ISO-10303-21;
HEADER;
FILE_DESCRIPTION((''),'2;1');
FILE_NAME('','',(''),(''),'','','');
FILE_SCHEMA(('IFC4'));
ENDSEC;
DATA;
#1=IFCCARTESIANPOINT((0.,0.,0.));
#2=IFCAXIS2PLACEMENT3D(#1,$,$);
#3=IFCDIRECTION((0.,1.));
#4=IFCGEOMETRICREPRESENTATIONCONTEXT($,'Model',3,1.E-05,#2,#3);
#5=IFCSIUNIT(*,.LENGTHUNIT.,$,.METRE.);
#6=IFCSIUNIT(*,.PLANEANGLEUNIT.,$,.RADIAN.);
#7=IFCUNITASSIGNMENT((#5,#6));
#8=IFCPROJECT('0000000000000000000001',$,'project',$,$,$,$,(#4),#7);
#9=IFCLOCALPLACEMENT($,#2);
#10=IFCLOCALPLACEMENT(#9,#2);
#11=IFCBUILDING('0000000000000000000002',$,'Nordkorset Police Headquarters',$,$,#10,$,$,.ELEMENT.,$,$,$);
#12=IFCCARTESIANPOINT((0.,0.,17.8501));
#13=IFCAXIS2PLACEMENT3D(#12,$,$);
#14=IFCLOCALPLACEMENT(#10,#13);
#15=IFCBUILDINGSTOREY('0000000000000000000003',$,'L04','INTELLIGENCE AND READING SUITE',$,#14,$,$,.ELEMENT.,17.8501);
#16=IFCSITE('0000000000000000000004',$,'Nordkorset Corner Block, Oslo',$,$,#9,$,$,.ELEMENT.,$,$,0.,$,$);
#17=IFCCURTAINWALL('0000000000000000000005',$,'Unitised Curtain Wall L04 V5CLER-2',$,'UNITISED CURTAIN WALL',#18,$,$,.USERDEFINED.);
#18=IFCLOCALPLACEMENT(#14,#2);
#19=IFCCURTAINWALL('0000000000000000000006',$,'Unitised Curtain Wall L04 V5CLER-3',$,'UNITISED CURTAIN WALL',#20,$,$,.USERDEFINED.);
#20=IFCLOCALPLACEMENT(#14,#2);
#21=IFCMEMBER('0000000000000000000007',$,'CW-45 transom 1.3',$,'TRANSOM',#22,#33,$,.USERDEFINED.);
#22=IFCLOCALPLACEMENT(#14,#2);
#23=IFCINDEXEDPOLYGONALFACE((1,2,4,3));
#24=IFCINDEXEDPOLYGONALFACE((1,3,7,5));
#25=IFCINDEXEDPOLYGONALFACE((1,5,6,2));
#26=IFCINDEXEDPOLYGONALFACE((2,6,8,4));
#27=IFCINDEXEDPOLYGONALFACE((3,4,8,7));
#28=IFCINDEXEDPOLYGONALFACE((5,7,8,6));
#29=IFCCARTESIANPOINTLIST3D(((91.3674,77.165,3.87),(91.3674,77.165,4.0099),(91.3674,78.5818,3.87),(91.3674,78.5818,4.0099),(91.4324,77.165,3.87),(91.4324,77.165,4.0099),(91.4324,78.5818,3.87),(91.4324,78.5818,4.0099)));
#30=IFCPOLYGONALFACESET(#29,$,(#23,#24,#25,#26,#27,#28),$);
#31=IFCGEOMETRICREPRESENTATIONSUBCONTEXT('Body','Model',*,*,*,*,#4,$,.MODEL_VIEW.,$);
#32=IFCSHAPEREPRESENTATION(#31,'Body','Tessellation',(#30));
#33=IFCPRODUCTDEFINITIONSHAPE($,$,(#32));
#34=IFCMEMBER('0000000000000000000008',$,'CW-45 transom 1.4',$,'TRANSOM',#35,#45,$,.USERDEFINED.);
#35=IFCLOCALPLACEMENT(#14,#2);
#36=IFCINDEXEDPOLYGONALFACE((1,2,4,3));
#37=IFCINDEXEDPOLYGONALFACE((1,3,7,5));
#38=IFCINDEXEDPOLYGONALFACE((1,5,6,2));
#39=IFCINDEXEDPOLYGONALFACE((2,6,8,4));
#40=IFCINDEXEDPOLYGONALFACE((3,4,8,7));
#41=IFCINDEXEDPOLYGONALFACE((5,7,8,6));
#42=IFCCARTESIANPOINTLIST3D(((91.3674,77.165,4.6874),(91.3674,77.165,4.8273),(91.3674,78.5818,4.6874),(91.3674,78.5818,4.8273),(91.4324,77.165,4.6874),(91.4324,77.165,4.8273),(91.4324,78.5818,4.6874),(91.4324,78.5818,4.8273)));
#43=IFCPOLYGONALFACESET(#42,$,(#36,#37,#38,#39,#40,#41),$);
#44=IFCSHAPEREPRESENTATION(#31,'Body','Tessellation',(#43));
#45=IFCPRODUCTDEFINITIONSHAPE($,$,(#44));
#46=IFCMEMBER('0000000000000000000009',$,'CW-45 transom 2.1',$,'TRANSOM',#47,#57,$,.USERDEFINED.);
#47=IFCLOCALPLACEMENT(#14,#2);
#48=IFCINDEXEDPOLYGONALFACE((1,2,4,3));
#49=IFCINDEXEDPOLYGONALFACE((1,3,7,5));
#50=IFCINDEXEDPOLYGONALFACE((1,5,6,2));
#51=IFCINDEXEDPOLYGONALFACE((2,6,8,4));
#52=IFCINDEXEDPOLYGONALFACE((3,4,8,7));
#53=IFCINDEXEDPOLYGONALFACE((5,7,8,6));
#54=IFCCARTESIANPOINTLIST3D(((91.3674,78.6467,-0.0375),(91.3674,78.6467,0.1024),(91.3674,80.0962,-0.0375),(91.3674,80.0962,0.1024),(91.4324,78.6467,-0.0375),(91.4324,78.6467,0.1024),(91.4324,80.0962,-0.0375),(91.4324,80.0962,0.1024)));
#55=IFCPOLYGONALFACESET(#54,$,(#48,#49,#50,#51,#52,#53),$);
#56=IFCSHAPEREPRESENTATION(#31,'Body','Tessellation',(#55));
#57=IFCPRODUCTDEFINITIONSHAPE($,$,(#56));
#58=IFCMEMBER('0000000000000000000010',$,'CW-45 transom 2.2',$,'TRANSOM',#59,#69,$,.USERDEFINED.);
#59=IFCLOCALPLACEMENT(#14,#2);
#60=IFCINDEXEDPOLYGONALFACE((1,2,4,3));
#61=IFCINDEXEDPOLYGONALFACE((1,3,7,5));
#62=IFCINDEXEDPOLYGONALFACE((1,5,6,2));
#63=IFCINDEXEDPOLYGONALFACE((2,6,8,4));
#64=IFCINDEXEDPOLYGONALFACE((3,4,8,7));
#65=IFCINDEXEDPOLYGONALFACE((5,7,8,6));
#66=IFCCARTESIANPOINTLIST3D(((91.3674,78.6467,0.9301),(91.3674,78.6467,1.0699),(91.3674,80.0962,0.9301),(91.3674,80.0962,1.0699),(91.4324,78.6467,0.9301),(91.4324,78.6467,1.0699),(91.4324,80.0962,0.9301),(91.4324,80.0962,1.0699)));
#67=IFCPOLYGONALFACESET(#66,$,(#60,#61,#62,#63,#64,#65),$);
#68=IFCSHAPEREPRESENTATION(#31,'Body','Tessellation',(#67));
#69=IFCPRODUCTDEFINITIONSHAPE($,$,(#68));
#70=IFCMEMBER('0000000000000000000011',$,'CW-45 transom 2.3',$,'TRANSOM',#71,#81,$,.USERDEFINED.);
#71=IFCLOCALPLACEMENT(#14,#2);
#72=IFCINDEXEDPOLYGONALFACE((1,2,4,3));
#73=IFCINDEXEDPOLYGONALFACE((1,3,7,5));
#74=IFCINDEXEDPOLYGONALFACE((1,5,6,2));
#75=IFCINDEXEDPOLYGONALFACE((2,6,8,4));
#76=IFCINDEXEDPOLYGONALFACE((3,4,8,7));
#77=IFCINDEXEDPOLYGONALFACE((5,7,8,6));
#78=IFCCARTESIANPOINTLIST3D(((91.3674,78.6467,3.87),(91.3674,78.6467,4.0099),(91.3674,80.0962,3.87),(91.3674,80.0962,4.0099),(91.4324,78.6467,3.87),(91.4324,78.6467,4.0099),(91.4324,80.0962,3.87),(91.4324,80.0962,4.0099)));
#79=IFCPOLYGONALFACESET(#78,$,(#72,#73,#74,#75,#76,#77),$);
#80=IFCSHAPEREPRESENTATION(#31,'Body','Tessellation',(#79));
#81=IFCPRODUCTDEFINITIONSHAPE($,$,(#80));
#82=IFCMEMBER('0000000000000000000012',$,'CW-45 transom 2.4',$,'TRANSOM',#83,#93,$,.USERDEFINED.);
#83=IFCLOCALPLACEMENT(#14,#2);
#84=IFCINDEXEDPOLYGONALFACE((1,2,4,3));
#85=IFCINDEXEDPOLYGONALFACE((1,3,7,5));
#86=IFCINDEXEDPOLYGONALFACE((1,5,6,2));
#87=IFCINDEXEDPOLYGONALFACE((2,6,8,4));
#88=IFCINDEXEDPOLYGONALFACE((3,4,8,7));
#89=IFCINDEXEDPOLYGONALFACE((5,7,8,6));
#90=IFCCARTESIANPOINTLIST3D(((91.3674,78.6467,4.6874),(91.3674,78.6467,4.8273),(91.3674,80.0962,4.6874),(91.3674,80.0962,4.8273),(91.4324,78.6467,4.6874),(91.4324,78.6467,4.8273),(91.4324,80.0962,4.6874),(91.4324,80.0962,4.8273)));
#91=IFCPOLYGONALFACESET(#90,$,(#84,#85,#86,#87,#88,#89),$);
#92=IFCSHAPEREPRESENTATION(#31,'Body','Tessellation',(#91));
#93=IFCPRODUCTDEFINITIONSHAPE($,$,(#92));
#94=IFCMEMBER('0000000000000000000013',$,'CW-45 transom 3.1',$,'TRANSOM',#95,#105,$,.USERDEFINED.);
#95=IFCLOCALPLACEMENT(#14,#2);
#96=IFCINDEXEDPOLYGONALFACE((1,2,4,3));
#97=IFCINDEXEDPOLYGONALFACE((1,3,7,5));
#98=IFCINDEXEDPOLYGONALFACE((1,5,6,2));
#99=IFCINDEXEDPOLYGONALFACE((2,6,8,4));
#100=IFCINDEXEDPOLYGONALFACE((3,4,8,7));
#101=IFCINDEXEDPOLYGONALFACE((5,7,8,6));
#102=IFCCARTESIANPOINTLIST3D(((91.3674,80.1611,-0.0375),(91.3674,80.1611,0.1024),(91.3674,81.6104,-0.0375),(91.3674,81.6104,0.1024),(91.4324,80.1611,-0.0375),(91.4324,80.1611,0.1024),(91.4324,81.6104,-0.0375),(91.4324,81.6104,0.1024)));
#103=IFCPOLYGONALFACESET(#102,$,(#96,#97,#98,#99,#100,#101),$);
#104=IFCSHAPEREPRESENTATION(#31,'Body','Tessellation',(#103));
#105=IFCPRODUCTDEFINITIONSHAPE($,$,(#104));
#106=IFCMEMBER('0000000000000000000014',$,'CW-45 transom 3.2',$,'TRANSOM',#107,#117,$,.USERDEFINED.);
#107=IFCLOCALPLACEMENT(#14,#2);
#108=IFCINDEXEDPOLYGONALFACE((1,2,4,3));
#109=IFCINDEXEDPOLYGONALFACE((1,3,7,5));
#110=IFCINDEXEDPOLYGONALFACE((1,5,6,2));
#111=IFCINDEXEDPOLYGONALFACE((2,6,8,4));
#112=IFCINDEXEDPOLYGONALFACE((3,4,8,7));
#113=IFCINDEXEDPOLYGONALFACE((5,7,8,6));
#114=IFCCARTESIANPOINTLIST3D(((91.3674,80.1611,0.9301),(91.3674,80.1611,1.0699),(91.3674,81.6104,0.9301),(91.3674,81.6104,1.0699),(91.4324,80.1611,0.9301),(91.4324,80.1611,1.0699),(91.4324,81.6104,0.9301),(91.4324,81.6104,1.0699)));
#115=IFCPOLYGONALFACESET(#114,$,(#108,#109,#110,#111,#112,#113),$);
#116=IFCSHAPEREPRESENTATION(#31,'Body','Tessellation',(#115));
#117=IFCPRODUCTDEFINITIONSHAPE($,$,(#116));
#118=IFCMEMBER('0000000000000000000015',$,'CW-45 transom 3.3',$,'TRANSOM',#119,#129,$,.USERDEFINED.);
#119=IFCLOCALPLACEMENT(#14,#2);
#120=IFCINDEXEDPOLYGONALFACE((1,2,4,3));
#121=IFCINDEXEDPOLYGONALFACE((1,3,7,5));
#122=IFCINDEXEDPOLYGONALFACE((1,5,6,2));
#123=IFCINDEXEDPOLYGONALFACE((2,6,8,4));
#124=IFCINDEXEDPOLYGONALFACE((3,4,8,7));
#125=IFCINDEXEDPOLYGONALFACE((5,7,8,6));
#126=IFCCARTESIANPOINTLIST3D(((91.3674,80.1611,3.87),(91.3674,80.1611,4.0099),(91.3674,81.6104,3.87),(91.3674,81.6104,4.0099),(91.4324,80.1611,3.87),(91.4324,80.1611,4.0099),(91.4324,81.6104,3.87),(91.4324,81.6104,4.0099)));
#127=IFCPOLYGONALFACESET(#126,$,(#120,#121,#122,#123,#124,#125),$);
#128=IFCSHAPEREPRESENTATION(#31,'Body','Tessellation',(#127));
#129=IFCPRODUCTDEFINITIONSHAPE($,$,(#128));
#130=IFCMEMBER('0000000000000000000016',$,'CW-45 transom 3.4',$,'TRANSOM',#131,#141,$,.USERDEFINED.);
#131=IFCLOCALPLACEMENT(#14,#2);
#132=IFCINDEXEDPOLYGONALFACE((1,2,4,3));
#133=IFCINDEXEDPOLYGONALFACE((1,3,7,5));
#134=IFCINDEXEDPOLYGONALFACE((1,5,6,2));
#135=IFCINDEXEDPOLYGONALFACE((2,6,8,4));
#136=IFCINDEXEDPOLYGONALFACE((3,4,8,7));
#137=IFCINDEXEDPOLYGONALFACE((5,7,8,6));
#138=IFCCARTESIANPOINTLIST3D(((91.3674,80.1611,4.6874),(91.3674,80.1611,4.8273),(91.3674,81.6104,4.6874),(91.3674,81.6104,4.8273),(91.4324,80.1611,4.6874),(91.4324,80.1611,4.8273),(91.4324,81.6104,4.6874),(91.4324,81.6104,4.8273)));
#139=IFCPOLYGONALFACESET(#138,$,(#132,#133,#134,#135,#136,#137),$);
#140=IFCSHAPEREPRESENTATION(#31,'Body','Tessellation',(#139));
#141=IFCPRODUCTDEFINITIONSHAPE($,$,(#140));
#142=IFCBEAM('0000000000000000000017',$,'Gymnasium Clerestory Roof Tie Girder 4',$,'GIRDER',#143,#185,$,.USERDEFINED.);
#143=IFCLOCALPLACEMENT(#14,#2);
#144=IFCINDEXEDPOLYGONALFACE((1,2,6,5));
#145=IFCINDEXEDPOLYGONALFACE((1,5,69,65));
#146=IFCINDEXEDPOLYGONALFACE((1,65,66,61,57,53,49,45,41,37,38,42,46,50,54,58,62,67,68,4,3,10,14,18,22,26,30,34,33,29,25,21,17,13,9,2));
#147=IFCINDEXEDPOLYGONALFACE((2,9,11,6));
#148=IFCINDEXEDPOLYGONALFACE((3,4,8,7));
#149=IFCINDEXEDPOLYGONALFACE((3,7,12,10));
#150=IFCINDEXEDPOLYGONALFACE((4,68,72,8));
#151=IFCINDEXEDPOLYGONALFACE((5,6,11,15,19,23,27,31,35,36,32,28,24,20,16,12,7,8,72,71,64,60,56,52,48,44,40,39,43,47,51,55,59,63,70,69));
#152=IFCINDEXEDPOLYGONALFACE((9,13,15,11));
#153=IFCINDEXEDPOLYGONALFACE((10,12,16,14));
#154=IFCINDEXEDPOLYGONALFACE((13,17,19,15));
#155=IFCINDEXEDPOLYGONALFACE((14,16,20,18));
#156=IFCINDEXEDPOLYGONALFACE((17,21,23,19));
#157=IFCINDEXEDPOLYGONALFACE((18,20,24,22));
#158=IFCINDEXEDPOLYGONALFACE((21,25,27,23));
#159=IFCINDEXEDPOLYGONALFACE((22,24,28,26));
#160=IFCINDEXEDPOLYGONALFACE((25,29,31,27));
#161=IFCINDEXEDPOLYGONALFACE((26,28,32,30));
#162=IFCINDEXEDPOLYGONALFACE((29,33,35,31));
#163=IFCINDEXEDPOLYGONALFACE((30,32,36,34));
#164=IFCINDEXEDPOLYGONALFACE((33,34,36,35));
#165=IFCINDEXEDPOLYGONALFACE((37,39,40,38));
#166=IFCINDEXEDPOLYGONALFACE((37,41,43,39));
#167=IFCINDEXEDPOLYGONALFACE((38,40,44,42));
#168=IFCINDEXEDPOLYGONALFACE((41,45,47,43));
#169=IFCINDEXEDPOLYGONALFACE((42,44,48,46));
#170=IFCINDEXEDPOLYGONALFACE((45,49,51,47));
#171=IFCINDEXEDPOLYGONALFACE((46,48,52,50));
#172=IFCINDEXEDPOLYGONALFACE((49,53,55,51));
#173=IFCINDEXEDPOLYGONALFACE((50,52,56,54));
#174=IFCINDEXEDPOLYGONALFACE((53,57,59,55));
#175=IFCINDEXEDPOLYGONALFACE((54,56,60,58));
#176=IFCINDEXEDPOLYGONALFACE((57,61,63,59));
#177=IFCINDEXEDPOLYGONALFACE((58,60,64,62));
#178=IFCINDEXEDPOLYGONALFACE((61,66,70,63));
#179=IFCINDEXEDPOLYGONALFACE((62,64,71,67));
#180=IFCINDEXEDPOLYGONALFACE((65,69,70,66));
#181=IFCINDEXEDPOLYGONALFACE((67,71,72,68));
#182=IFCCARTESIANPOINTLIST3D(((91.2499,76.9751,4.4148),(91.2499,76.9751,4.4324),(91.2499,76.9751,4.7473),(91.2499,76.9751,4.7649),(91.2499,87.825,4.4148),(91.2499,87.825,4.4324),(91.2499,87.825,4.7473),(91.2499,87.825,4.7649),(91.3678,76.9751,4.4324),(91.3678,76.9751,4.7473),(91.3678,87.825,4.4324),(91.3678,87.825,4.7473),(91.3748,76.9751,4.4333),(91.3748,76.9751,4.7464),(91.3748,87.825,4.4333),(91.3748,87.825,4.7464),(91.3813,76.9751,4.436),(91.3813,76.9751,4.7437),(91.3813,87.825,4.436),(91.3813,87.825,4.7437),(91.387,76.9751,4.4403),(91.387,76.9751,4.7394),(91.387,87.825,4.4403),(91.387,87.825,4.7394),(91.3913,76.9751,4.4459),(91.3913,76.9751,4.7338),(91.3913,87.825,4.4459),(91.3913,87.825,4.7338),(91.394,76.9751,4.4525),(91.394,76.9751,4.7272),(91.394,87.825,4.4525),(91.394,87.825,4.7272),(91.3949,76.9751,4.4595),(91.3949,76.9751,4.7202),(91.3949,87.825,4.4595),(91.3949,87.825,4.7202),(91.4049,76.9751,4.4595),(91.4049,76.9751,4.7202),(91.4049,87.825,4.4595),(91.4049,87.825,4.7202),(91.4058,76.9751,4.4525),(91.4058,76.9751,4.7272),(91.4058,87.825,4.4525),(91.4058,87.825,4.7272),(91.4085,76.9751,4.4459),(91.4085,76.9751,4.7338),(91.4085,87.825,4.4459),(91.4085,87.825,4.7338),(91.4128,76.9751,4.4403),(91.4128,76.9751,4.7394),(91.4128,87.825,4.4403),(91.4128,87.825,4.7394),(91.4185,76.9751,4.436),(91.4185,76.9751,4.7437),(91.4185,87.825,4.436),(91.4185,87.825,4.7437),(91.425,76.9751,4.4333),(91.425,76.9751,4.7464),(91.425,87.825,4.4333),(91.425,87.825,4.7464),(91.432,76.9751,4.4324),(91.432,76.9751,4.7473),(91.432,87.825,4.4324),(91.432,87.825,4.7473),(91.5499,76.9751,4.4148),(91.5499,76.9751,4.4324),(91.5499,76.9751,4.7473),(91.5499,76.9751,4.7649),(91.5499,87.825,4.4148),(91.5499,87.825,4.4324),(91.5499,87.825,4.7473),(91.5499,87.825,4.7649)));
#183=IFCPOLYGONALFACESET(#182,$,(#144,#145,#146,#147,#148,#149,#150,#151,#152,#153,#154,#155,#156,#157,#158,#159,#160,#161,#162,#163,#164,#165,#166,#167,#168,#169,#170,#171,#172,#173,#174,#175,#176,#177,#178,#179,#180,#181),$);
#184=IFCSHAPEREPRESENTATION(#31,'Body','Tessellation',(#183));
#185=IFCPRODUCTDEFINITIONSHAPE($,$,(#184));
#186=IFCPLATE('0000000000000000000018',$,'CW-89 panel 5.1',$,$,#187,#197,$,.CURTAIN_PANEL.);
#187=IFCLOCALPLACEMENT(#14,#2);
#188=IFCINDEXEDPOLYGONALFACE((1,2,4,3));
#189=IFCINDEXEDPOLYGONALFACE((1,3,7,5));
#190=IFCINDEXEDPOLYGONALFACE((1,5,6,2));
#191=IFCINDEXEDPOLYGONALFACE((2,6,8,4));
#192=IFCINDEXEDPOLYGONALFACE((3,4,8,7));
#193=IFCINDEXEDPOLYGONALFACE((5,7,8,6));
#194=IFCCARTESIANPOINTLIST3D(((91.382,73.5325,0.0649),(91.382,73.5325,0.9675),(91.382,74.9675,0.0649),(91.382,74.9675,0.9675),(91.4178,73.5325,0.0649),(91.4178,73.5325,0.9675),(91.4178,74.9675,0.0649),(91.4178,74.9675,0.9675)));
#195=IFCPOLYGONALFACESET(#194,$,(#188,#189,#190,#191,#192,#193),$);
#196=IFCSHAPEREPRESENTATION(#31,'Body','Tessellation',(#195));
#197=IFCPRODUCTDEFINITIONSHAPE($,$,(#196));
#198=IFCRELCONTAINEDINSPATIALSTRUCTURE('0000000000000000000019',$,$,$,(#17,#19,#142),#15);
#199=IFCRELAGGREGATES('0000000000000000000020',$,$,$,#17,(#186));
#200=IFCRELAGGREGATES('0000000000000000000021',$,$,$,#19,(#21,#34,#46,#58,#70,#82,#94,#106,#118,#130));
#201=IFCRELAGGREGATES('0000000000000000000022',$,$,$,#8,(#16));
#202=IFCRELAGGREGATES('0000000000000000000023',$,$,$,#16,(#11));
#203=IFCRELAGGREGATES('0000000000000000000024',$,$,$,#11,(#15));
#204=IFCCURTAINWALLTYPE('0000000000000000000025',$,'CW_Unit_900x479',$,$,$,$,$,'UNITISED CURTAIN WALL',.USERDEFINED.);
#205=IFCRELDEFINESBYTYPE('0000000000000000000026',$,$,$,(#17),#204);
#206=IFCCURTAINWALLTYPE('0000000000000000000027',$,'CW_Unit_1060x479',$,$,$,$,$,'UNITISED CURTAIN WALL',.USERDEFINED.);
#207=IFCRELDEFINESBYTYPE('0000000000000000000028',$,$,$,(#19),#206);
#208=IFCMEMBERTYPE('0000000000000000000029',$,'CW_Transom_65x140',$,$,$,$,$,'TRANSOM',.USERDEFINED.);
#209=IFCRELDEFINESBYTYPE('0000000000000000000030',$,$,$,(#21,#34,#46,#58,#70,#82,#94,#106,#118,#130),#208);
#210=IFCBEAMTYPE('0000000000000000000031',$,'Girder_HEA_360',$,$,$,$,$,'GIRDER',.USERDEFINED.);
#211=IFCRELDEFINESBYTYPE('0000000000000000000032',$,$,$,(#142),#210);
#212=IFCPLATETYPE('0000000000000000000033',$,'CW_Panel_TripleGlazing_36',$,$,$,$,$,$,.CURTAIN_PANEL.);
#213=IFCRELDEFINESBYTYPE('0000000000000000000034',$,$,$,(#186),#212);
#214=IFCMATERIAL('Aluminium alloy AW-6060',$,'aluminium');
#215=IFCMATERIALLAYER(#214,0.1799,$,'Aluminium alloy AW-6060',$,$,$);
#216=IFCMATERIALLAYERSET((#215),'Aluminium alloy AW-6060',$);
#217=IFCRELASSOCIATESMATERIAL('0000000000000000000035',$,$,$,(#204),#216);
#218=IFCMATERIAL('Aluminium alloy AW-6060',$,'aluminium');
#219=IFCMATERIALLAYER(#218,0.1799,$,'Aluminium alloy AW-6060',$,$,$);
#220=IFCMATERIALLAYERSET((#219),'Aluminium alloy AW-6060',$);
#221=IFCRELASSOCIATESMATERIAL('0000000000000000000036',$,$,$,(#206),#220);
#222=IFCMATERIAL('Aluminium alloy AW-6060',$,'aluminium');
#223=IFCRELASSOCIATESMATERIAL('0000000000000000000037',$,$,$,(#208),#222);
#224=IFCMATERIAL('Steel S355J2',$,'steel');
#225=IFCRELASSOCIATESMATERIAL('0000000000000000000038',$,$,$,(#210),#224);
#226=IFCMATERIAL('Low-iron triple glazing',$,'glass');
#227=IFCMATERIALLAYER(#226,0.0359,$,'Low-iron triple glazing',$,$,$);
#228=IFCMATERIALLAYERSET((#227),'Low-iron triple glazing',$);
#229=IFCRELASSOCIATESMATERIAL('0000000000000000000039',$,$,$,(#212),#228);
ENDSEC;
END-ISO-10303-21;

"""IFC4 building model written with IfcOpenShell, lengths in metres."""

from ifc_helpers import new_model, si_unit, direction, frame, origin, origin_2d, place, context, subcontext, project, spatial, rectangle, i_section, extrude, material, layer, layer_set, material_profile, profile_set, type_object, element, aggregate, save


model = new_model("IFC4")

# Units and contexts
model_context = context("Model", 3, precision=1e-05, world=origin(), true_north=direction((0.0, 1.0)))
body_context = subcontext(model_context, "Body", "Model", "MODEL_VIEW")
ifc_project = project(units=[si_unit("LENGTHUNIT", "METRE"), si_unit("PLANEANGLEUNIT", "RADIAN")], contexts=[model_context])

# Site, building, storey
site_placement = place(None, origin())
site = spatial("IfcSite", under=ifc_project, at=site_placement, Name="Nordkorset Corner Block, Oslo", CompositionType="ELEMENT", RefElevation=0.0)
building_placement = place(site_placement, origin())
building = spatial("IfcBuilding", under=site, at=building_placement, Name="Nordkorset Police Headquarters", CompositionType="ELEMENT")
storey_placement = place(building_placement, frame((0.0, 0.0, 17.8501)))
storey = spatial("IfcBuildingStorey", under=building, at=storey_placement, Name="L04", Description="INTELLIGENCE AND READING SUITE", CompositionType="ELEMENT", Elevation=17.8501)

# Curtain walls
ifc_material_1 = material(Name="Aluminium alloy AW-6060", Category="aluminium")
ifc_layer_1 = layer(ifc_material_1, 0.1799, Name="Aluminium alloy AW-6060")
ifc_layer_set_1 = layer_set([ifc_layer_1], Name="Aluminium alloy AW-6060")
curtain_wall_type_1 = type_object("IfcCurtainWallType", Name="CW_Unit_900x479", ElementType="UNITISED CURTAIN WALL", PredefinedType="USERDEFINED", material=ifc_layer_set_1)
curtain_wall_1_placement = place(storey_placement, origin())
curtain_wall_1 = element("IfcCurtainWall", 1, at=curtain_wall_1_placement, inside=storey, type_object=curtain_wall_type_1, Name="Unitised Curtain Wall L04 V5CLER-2", ObjectType="UNITISED CURTAIN WALL", PredefinedType="USERDEFINED")
ifc_material_2 = material(Name="Aluminium alloy AW-6060", Category="aluminium")
ifc_layer_2 = layer(ifc_material_2, 0.1799, Name="Aluminium alloy AW-6060")
ifc_layer_set_2 = layer_set([ifc_layer_2], Name="Aluminium alloy AW-6060")
curtain_wall_type_2 = type_object("IfcCurtainWallType", Name="CW_Unit_1060x479", ElementType="UNITISED CURTAIN WALL", PredefinedType="USERDEFINED", material=ifc_layer_set_2)
curtain_wall_2_placement = place(storey_placement, origin())
curtain_wall_2 = element("IfcCurtainWall", 2, at=curtain_wall_2_placement, inside=storey, type_object=curtain_wall_type_2, Name="Unitised Curtain Wall L04 V5CLER-3", ObjectType="UNITISED CURTAIN WALL", PredefinedType="USERDEFINED")

# Members
ifc_material_3 = material(Name="Aluminium alloy AW-6060", Category="aluminium")
ifc_material_profile_1 = material_profile(ifc_material_3, rectangle(XDim=0.0649, YDim=0.1399, at=origin_2d()), Name="ALU TRAN 65x140")
ifc_profile_set_1 = profile_set([ifc_material_profile_1], Name="Aluminium alloy AW-6060")
member_type_1 = type_object("IfcMemberType", Name="CW_Transom_65x140", ElementType="TRANSOM", PredefinedType="USERDEFINED", material=ifc_profile_set_1)
member_1_placement = place(storey_placement, frame((91.3999, 77.165, 3.9399), z_axis=(0.0, 1.0, 0.0), x_axis=(-1.0, 0.0, 0.0)))
member_1 = element("IfcMember", 3, at=member_1_placement, type_object=member_type_1, Name="CW-45 transom 1.3", ObjectType="TRANSOM", PredefinedType="USERDEFINED", context=body_context, shape_type="SweptSolid", body=[
    extrude(rectangle(XDim=0.0649, YDim=0.1399, at=origin_2d()), origin(), (0.0, 0.0, 1.0), 1.4167),
])
member_2_placement = place(storey_placement, frame((91.3999, 77.165, 4.7573), z_axis=(0.0, 1.0, 0.0), x_axis=(-1.0, 0.0, 0.0)))
member_2 = element("IfcMember", 4, at=member_2_placement, type_object=member_type_1, Name="CW-45 transom 1.4", ObjectType="TRANSOM", PredefinedType="USERDEFINED", context=body_context, shape_type="SweptSolid", body=[
    extrude(rectangle(XDim=0.0649, YDim=0.1399, at=origin_2d()), origin(), (0.0, 0.0, 1.0), 1.4167),
])
member_3_placement = place(storey_placement, frame((91.3999, 78.6467, 0.0325), z_axis=(0.0, 1.0, 0.0), x_axis=(-1.0, 0.0, 0.0)))
member_3 = element("IfcMember", 5, at=member_3_placement, type_object=member_type_1, Name="CW-45 transom 2.1", ObjectType="TRANSOM", PredefinedType="USERDEFINED", context=body_context, shape_type="SweptSolid", body=[
    extrude(rectangle(XDim=0.0649, YDim=0.1399, at=origin_2d()), origin(), (0.0, 0.0, 1.0), 1.4495),
])
member_4_placement = place(storey_placement, frame((91.3999, 78.6467, 1.0), z_axis=(0.0, 1.0, 0.0), x_axis=(-1.0, 0.0, 0.0)))
member_4 = element("IfcMember", 6, at=member_4_placement, type_object=member_type_1, Name="CW-45 transom 2.2", ObjectType="TRANSOM", PredefinedType="USERDEFINED", context=body_context, shape_type="SweptSolid", body=[
    extrude(rectangle(XDim=0.0649, YDim=0.1399, at=origin_2d()), origin(), (0.0, 0.0, 1.0), 1.4495),
])
member_5_placement = place(storey_placement, frame((91.3999, 78.6467, 3.9399), z_axis=(0.0, 1.0, 0.0), x_axis=(-1.0, 0.0, 0.0)))
member_5 = element("IfcMember", 7, at=member_5_placement, type_object=member_type_1, Name="CW-45 transom 2.3", ObjectType="TRANSOM", PredefinedType="USERDEFINED", context=body_context, shape_type="SweptSolid", body=[
    extrude(rectangle(XDim=0.0649, YDim=0.1399, at=origin_2d()), origin(), (0.0, 0.0, 1.0), 1.4495),
])
member_6_placement = place(storey_placement, frame((91.3999, 78.6467, 4.7573), z_axis=(0.0, 1.0, 0.0), x_axis=(-1.0, 0.0, 0.0)))
member_6 = element("IfcMember", 8, at=member_6_placement, type_object=member_type_1, Name="CW-45 transom 2.4", ObjectType="TRANSOM", PredefinedType="USERDEFINED", context=body_context, shape_type="SweptSolid", body=[
    extrude(rectangle(XDim=0.0649, YDim=0.1399, at=origin_2d()), origin(), (0.0, 0.0, 1.0), 1.4495),
])
member_7_placement = place(storey_placement, frame((91.3999, 80.1611, 0.0325), z_axis=(0.0, 1.0, 0.0), x_axis=(-1.0, 0.0, 0.0)))
member_7 = element("IfcMember", 9, at=member_7_placement, type_object=member_type_1, Name="CW-45 transom 3.1", ObjectType="TRANSOM", PredefinedType="USERDEFINED", context=body_context, shape_type="SweptSolid", body=[
    extrude(rectangle(XDim=0.0649, YDim=0.1399, at=origin_2d()), origin(), (0.0, 0.0, 1.0), 1.4492),
])
member_8_placement = place(storey_placement, frame((91.3999, 80.1611, 1.0), z_axis=(0.0, 1.0, 0.0), x_axis=(-1.0, 0.0, 0.0)))
member_8 = element("IfcMember", 10, at=member_8_placement, type_object=member_type_1, Name="CW-45 transom 3.2", ObjectType="TRANSOM", PredefinedType="USERDEFINED", context=body_context, shape_type="SweptSolid", body=[
    extrude(rectangle(XDim=0.0649, YDim=0.1399, at=origin_2d()), origin(), (0.0, 0.0, 1.0), 1.4492),
])
member_9_placement = place(storey_placement, frame((91.3999, 80.1611, 3.9399), z_axis=(0.0, 1.0, 0.0), x_axis=(-1.0, 0.0, 0.0)))
member_9 = element("IfcMember", 11, at=member_9_placement, type_object=member_type_1, Name="CW-45 transom 3.3", ObjectType="TRANSOM", PredefinedType="USERDEFINED", context=body_context, shape_type="SweptSolid", body=[
    extrude(rectangle(XDim=0.0649, YDim=0.1399, at=origin_2d()), origin(), (0.0, 0.0, 1.0), 1.4492),
])
member_10_placement = place(storey_placement, frame((91.3999, 80.1611, 4.7573), z_axis=(0.0, 1.0, 0.0), x_axis=(-1.0, 0.0, 0.0)))
member_10 = element("IfcMember", 12, at=member_10_placement, type_object=member_type_1, Name="CW-45 transom 3.4", ObjectType="TRANSOM", PredefinedType="USERDEFINED", context=body_context, shape_type="SweptSolid", body=[
    extrude(rectangle(XDim=0.0649, YDim=0.1399, at=origin_2d()), origin(), (0.0, 0.0, 1.0), 1.4492),
])

# Beam
ifc_material_4 = material(Name="Steel S355J2", Category="steel")
ifc_material_profile_2 = material_profile(ifc_material_4, i_section(OverallWidth=0.3, OverallDepth=0.3501, WebThickness=0.01, FlangeThickness=0.0176, FilletRadius=0.0271, at=origin_2d()), Name="HEA 360")
ifc_profile_set_2 = profile_set([ifc_material_profile_2], Name="Steel S355J2")
beam_type = type_object("IfcBeamType", Name="Girder_HEA_360", ElementType="GIRDER", PredefinedType="USERDEFINED", material=ifc_profile_set_2)
beam_placement = place(storey_placement, frame((91.3999, 76.9751, 4.5898), z_axis=(0.0, 1.0, 0.0), x_axis=(-1.0, 0.0, 0.0)))
element("IfcBeam", 13, at=beam_placement, inside=storey, type_object=beam_type, Name="Gymnasium Clerestory Roof Tie Girder 4", ObjectType="GIRDER", PredefinedType="USERDEFINED", context=body_context, shape_type="SweptSolid", body=[
    extrude(i_section(OverallWidth=0.3, OverallDepth=0.3501, WebThickness=0.01, FlangeThickness=0.0176, FilletRadius=0.0271, at=origin_2d()), origin(), (0.0, 0.0, 1.0), 10.8499),
])

# Plate
ifc_material_5 = material(Name="Low-iron triple glazing", Category="glass")
ifc_layer_3 = layer(ifc_material_5, 0.0359, Name="Low-iron triple glazing")
ifc_layer_set_3 = layer_set([ifc_layer_3], Name="Low-iron triple glazing")
plate_type = type_object("IfcPlateType", Name="CW_Panel_TripleGlazing_36", PredefinedType="CURTAIN_PANEL", material=ifc_layer_set_3)
plate_1_placement = place(storey_placement, frame((91.3999, 74.25, 0.0649), z_axis=(0.0, 0.0, 1.0), x_axis=(0.0, 1.0, 0.0)))
plate_1 = element("IfcPlate", 14, at=plate_1_placement, type_object=plate_type, Name="CW-89 panel 5.1", PredefinedType="CURTAIN_PANEL", context=body_context, shape_type="SweptSolid", body=[
    extrude(rectangle(XDim=1.4351, YDim=0.0359, at=origin_2d()), origin(), (0.0, 0.0, 1.0), 0.9026),
])
aggregate(curtain_wall_1, [plate_1])
aggregate(curtain_wall_2, [member_1, member_2, member_3, member_4, member_5, member_6, member_7, member_8, member_9, member_10])

save(model, "model.ifc")
